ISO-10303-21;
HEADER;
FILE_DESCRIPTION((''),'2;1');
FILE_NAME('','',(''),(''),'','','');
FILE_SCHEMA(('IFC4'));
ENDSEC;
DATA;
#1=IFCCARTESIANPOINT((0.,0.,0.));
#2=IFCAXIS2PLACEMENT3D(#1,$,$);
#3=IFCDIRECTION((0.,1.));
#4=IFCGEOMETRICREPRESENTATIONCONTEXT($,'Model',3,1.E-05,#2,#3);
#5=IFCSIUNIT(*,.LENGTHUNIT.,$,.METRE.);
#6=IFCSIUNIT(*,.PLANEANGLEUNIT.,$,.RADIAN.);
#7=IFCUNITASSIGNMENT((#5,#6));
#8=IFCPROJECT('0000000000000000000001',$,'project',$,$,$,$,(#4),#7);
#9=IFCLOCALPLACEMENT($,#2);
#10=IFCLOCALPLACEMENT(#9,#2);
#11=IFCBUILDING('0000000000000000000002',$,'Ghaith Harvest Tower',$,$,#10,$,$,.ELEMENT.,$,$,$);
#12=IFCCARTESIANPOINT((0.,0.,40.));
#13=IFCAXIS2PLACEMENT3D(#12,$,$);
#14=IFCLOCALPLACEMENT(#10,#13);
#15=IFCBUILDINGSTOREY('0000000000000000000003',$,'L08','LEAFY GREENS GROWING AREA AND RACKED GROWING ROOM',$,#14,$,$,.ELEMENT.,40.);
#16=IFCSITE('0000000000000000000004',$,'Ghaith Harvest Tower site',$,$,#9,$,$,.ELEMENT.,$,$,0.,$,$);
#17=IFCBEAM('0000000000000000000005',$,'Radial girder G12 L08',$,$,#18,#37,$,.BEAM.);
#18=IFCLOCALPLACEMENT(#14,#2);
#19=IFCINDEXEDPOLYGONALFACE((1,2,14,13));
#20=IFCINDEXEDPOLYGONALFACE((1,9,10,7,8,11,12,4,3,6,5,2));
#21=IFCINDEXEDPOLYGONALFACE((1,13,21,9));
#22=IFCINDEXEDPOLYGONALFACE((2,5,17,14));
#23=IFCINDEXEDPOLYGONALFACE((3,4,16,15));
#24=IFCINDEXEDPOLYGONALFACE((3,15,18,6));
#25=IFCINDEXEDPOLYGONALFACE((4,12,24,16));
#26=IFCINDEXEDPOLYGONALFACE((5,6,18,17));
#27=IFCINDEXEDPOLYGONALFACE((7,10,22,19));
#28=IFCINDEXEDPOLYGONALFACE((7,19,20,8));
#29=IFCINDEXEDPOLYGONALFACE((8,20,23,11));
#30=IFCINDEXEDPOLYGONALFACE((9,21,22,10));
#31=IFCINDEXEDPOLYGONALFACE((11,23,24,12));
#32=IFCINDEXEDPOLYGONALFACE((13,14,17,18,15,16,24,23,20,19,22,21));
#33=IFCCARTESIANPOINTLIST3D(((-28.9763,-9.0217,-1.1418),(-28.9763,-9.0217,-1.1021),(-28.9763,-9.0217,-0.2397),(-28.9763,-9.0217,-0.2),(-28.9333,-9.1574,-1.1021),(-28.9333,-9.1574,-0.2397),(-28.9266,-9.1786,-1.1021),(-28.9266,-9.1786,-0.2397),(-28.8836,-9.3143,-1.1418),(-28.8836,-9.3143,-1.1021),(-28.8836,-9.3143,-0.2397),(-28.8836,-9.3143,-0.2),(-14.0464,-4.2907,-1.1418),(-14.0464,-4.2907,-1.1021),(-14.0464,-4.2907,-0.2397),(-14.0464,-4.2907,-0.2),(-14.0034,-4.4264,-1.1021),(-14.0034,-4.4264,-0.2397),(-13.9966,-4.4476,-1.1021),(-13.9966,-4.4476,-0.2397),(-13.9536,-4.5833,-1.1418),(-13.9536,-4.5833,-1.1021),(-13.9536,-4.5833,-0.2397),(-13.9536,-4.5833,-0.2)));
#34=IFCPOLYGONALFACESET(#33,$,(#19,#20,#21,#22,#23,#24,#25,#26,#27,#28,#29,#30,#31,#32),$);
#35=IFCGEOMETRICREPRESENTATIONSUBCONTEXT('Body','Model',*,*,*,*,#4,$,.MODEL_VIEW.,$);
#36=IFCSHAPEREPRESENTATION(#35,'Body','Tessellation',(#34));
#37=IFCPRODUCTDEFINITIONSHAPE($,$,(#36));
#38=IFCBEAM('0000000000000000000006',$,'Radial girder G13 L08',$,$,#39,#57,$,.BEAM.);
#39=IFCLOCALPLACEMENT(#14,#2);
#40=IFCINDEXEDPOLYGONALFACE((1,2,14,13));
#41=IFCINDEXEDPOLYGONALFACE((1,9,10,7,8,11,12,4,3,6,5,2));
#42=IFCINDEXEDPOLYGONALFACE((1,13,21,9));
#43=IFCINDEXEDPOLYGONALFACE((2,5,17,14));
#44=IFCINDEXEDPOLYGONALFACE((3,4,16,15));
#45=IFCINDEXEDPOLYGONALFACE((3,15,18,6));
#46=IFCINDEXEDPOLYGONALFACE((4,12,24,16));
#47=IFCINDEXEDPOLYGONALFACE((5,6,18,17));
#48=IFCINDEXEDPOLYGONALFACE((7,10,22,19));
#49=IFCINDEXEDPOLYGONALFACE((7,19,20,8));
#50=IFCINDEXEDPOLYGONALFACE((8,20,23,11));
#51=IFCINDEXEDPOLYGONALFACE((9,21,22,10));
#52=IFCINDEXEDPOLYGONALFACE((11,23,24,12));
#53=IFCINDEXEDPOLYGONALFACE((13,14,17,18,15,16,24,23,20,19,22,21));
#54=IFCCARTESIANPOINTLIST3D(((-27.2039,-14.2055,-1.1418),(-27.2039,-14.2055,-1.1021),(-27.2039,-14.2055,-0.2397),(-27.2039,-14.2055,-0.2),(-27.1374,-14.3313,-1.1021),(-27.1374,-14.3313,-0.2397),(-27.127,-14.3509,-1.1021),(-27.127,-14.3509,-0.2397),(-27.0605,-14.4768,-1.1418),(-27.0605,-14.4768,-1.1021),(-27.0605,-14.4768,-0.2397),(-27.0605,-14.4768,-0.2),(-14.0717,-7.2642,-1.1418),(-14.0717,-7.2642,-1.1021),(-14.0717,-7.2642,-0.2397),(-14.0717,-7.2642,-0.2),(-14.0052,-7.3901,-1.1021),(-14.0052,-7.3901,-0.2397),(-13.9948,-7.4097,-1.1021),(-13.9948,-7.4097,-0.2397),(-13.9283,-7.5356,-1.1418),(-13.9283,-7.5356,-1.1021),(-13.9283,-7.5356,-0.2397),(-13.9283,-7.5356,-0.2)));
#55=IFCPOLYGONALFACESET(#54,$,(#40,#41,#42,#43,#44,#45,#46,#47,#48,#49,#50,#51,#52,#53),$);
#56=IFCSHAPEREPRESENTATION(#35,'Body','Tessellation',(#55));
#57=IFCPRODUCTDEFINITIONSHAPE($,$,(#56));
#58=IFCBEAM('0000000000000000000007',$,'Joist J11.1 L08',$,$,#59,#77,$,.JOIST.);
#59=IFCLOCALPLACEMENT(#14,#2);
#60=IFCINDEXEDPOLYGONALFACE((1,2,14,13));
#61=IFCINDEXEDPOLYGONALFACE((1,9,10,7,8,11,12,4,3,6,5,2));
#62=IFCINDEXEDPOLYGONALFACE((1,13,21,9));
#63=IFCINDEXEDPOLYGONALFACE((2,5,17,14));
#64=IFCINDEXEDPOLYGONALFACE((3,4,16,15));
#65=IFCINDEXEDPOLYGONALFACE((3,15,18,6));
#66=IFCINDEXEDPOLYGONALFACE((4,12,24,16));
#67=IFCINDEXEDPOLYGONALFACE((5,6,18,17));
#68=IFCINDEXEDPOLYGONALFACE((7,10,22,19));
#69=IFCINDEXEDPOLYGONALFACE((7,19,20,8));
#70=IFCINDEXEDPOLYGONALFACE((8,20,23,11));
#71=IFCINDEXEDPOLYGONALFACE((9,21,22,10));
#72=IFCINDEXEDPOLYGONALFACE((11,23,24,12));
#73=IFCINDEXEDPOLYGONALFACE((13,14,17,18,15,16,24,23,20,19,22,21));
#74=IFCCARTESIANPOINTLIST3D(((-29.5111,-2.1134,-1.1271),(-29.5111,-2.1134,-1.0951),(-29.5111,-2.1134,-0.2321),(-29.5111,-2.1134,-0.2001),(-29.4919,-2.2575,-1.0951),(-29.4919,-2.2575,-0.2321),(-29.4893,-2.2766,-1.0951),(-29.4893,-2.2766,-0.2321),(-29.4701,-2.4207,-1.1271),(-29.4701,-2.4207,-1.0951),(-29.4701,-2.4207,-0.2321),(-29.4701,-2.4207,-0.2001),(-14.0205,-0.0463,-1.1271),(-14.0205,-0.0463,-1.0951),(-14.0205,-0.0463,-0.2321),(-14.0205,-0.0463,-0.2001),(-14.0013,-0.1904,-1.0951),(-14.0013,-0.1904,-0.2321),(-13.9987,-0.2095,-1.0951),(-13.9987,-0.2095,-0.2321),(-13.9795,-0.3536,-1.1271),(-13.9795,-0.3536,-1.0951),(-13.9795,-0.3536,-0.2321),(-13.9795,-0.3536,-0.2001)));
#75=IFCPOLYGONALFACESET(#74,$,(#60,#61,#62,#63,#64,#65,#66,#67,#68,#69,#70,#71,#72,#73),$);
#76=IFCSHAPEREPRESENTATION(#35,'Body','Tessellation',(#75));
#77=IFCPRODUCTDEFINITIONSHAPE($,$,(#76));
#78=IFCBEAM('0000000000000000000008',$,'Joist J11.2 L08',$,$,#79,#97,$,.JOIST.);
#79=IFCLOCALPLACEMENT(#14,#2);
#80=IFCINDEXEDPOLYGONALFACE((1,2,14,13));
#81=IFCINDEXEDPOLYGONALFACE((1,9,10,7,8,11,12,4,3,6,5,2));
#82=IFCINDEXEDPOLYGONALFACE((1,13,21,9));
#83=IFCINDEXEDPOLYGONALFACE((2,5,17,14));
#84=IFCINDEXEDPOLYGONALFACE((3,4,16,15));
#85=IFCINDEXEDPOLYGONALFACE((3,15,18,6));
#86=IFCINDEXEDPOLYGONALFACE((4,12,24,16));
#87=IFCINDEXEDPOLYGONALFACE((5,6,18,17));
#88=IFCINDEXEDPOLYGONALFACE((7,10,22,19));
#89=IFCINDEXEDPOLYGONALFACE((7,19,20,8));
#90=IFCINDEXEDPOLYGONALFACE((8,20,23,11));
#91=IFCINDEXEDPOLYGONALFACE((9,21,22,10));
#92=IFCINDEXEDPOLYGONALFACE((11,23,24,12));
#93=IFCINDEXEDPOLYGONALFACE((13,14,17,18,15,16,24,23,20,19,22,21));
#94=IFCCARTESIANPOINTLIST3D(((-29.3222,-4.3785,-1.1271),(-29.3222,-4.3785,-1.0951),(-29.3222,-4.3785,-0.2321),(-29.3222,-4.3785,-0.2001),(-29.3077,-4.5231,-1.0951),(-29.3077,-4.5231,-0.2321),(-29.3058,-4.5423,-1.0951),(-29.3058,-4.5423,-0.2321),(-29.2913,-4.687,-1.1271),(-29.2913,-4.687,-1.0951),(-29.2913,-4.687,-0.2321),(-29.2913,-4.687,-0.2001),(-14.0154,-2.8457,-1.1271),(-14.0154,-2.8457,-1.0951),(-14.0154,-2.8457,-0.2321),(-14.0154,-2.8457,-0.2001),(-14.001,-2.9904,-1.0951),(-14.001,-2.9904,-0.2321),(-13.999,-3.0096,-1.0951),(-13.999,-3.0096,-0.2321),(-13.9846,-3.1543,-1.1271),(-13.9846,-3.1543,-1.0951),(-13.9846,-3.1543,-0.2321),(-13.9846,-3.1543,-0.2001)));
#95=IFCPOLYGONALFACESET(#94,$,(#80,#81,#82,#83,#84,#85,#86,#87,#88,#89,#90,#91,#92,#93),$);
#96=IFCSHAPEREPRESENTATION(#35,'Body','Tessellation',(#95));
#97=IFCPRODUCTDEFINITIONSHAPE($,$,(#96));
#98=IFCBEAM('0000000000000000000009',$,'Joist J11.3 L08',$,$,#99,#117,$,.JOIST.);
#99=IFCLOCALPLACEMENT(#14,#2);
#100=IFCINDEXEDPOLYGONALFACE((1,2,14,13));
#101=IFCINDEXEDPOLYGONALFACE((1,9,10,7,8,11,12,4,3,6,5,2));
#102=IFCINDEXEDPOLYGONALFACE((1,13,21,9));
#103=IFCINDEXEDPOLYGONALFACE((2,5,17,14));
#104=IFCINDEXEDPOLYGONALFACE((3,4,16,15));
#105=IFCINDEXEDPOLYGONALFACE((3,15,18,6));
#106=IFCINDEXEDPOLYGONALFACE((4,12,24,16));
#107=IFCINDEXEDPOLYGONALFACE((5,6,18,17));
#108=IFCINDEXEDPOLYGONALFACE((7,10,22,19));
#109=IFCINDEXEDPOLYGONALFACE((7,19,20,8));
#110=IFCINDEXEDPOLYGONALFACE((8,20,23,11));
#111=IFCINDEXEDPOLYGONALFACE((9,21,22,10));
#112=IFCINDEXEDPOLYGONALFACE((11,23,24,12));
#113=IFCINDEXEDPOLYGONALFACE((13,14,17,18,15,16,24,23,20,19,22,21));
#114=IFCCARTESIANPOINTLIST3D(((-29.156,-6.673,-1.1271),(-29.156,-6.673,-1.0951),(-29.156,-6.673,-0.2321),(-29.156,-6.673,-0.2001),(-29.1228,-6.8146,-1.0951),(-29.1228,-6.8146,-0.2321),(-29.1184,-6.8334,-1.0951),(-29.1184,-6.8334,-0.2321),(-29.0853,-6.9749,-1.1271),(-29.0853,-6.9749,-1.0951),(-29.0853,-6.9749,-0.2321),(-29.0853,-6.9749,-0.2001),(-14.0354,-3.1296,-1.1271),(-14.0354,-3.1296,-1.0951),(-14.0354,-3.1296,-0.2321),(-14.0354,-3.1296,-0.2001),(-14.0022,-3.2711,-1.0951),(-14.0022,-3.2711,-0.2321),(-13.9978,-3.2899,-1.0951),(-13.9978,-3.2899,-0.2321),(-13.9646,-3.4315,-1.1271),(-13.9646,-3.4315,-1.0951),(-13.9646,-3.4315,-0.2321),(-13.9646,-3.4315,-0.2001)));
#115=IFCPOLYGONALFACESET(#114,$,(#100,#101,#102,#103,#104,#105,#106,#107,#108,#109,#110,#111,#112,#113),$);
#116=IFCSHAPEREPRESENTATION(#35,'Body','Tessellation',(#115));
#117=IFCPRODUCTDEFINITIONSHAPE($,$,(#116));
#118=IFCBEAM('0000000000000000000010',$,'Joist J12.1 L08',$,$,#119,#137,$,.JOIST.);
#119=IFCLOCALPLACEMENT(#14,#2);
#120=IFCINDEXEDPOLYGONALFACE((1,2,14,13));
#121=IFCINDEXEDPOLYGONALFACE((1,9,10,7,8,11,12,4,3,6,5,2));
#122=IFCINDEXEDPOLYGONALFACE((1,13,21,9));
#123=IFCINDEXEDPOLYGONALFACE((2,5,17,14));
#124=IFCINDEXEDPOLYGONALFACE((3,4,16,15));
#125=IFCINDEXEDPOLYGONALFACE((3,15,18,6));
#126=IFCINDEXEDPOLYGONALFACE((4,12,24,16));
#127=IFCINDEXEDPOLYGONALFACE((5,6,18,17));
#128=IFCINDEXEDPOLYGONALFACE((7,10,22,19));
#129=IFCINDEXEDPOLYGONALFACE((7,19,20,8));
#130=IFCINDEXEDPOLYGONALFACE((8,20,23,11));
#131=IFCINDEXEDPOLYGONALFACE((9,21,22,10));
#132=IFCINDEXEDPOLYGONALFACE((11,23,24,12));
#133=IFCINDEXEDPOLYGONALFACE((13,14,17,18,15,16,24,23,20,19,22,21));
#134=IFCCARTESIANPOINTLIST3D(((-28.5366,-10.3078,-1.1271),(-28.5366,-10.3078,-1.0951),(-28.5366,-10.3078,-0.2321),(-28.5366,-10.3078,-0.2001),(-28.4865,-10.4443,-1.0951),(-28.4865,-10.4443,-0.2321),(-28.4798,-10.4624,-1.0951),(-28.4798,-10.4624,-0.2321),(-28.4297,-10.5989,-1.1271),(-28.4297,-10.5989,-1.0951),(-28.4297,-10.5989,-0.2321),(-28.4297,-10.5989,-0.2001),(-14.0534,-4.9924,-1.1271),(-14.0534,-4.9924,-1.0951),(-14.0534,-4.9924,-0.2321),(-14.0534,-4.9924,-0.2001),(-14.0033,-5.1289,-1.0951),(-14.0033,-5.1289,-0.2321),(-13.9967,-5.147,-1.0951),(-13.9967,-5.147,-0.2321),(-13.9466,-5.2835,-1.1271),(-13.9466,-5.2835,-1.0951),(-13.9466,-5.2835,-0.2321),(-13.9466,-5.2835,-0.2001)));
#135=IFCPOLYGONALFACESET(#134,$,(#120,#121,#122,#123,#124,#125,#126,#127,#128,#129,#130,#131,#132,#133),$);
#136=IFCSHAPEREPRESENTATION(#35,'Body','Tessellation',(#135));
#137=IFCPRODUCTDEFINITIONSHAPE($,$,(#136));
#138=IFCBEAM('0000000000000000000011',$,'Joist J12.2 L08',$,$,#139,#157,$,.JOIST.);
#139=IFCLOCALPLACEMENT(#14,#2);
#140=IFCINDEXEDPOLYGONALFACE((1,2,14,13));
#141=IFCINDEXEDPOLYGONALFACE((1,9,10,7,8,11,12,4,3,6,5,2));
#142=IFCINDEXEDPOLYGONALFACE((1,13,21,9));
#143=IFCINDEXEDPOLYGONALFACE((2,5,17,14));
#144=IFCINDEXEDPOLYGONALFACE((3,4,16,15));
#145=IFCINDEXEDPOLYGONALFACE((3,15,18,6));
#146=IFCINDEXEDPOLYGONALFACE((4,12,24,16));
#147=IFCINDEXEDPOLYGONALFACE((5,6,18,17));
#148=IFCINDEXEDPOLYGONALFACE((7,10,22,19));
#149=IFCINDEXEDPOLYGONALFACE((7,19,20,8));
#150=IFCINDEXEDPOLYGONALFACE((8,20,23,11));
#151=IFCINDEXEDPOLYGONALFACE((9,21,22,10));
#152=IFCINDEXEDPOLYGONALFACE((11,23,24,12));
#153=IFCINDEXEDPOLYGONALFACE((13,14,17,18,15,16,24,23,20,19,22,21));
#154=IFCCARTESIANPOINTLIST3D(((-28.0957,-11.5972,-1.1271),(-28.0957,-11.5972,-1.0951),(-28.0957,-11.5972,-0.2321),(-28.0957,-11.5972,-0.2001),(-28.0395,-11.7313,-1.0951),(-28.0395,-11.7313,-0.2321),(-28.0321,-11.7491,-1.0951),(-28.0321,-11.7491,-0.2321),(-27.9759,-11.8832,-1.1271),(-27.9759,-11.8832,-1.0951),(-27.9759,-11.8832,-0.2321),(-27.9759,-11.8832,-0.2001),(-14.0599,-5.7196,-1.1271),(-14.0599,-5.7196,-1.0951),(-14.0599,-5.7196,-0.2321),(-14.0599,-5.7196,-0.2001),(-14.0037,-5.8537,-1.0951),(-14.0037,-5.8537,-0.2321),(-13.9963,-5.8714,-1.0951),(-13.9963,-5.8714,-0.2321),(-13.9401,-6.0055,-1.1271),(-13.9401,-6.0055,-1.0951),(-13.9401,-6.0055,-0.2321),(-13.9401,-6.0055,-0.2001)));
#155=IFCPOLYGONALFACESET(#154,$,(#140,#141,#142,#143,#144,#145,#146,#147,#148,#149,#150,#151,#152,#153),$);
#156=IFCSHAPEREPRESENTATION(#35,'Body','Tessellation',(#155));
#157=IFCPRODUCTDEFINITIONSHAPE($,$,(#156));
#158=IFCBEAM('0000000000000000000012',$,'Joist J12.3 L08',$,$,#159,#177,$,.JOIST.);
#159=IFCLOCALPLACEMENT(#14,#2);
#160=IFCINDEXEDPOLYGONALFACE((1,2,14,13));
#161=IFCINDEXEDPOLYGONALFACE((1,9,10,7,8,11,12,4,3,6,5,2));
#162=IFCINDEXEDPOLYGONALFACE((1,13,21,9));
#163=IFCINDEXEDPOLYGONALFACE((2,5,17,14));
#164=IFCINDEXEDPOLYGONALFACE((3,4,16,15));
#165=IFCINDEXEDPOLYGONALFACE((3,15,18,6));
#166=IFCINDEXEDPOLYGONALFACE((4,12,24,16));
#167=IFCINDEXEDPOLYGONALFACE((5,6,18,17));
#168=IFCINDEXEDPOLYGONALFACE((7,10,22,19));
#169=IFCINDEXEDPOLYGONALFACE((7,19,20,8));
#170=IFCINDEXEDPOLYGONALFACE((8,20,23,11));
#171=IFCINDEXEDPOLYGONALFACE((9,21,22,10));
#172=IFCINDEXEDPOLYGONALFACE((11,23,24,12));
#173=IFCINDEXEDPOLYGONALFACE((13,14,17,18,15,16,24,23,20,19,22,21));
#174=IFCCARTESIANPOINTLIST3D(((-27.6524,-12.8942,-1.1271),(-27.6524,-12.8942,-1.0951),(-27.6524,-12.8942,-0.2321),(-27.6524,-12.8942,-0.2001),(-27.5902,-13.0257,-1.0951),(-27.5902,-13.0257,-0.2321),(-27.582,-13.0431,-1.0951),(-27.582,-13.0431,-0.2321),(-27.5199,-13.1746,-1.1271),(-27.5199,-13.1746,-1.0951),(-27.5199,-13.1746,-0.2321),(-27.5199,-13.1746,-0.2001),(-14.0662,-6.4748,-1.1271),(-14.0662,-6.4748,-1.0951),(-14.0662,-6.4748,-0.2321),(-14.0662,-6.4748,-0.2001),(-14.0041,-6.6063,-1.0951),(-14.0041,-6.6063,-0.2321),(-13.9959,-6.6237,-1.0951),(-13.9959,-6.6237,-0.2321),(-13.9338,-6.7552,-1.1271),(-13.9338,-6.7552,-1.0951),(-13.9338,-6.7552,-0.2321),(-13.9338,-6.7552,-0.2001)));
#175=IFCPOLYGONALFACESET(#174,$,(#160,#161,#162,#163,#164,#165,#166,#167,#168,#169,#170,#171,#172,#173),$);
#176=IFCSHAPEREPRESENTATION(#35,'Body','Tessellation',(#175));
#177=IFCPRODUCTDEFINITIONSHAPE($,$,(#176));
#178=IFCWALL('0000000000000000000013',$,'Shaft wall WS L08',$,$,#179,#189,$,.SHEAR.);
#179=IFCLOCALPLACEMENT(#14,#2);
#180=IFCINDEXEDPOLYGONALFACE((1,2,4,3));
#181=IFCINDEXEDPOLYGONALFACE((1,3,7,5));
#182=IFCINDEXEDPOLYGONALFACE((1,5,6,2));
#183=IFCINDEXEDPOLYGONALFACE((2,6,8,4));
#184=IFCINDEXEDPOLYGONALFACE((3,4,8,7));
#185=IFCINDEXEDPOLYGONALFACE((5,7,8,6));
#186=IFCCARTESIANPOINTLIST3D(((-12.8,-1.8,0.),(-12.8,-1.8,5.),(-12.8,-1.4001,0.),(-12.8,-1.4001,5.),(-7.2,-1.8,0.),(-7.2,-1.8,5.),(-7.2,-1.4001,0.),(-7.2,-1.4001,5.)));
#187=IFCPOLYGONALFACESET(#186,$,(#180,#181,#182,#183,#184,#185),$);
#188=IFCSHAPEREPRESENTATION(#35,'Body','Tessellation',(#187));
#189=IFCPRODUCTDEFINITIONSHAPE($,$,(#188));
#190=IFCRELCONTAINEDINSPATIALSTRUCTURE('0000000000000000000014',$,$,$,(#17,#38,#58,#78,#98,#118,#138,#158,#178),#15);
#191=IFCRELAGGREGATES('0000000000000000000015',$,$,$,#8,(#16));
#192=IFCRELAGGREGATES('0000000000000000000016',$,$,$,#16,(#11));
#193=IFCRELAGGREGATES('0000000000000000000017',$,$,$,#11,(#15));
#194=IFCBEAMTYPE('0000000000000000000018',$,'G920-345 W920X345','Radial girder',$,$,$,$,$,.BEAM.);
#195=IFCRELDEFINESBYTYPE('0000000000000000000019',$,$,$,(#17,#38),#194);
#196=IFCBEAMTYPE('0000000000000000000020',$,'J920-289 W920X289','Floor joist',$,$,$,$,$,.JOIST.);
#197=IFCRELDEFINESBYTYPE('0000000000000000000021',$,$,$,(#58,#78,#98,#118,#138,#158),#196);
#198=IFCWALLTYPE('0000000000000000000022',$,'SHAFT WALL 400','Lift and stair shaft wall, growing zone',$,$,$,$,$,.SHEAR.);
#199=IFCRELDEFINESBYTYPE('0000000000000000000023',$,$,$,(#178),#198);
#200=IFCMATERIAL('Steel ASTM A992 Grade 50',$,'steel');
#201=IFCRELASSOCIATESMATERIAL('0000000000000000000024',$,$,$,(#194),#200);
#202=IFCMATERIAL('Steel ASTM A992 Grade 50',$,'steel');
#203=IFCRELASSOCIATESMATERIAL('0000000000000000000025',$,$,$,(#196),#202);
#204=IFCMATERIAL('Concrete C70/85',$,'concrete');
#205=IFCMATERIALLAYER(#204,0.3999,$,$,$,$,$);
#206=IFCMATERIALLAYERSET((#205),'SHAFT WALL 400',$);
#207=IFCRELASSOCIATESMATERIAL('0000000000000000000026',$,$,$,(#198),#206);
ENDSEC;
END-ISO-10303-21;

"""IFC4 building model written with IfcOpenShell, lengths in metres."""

from ifc_helpers import new_model, si_unit, direction, frame, frame_2d, origin, origin_2d, place, context, subcontext, project, spatial, rectangle, i_section, extrude, material, layer, layer_set, material_profile, profile_set, type_object, element, save


model = new_model("IFC4")

# Units and contexts
model_context = context("Model", 3, precision=1e-05, world=origin(), true_north=direction((0.0, 1.0)))
body_context = subcontext(model_context, "Body", "Model", "MODEL_VIEW")
ifc_project = project(units=[si_unit("LENGTHUNIT", "METRE"), si_unit("PLANEANGLEUNIT", "RADIAN")], contexts=[model_context])

# Site, building, storey
site_placement = place(None, origin())
site = spatial("IfcSite", under=ifc_project, at=site_placement, Name="Ghaith Harvest Tower site", CompositionType="ELEMENT", RefElevation=0.0)
building_placement = place(site_placement, origin())
building = spatial("IfcBuilding", under=site, at=building_placement, Name="Ghaith Harvest Tower", CompositionType="ELEMENT")
storey_placement = place(building_placement, frame((0.0, 0.0, 40.0)))
storey = spatial("IfcBuildingStorey", under=building, at=storey_placement, Name="L08", Description="LEAFY GREENS GROWING AREA AND RACKED GROWING ROOM", CompositionType="ELEMENT", Elevation=40.0)

# Beams
ifc_material_1 = material(Name="Steel ASTM A992 Grade 50", Category="steel")
ifc_material_profile_1 = material_profile(ifc_material_1, i_section(OverallWidth=0.3069, OverallDepth=0.9419, WebThickness=0.0222, FlangeThickness=0.0398, at=origin_2d()), Name="W920X345")
ifc_profile_set_1 = profile_set([ifc_material_profile_1], Name="Steel ASTM A992 Grade 50")
beam_type_1 = type_object("IfcBeamType", Name="G920-345 W920X345", Description="Radial girder", PredefinedType="BEAM", material=ifc_profile_set_1)
beam_1_placement = place(storey_placement, frame((-14.0, -4.437, -0.6709), z_axis=(-0.953284, -0.302074, 0.0), x_axis=(0.302074, -0.953284, 0.0)))
element("IfcBeam", 1, at=beam_1_placement, inside=storey, type_object=beam_type_1, Name="Radial girder G12 L08", PredefinedType="BEAM", context=body_context, shape_type="SweptSolid", body=[
    extrude(i_section(OverallWidth=0.3069, OverallDepth=0.9419, WebThickness=0.0222, FlangeThickness=0.0398, at=origin_2d()), origin(), (0.0, 0.0, 1.0), 15.6616),
])
beam_2_placement = place(storey_placement, frame((-14.0, -7.3999, -0.6709), z_axis=(-0.884097, -0.467303, 0.0), x_axis=(0.467303, -0.884097, 0.0)))
element("IfcBeam", 2, at=beam_2_placement, inside=storey, type_object=beam_type_1, Name="Radial girder G13 L08", PredefinedType="BEAM", context=body_context, shape_type="SweptSolid", body=[
    extrude(i_section(OverallWidth=0.3069, OverallDepth=0.9419, WebThickness=0.0222, FlangeThickness=0.0398, at=origin_2d()), origin(), (0.0, 0.0, 1.0), 14.8538),
])
ifc_material_2 = material(Name="Steel ASTM A992 Grade 50", Category="steel")
ifc_material_profile_2 = material_profile(ifc_material_2, i_section(OverallWidth=0.3101, OverallDepth=0.927, WebThickness=0.0193, FlangeThickness=0.032, at=origin_2d()), Name="W920X289")
ifc_profile_set_2 = profile_set([ifc_material_profile_2], Name="Steel ASTM A992 Grade 50")
beam_type_2 = type_object("IfcBeamType", Name="J920-289 W920X289", Description="Floor joist", PredefinedType="JOIST", material=ifc_profile_set_2)
beam_3_placement = place(storey_placement, frame((-14.0, -0.2, -0.6636), z_axis=(-0.991214, -0.132271, 0.0), x_axis=(0.132271, -0.991214, 0.0)))
element("IfcBeam", 3, at=beam_3_placement, inside=storey, type_object=beam_type_2, Name="Joist J11.1 L08", PredefinedType="JOIST", context=body_context, shape_type="SweptSolid", body=[
    extrude(i_section(OverallWidth=0.3101, OverallDepth=0.927, WebThickness=0.0193, FlangeThickness=0.032, at=origin_2d()), origin(), (0.0, 0.0, 1.0), 15.6279),
])
beam_4_placement = place(storey_placement, frame((-14.0, -3.0, -0.6636), z_axis=(-0.995024, -0.099636, 0.0), x_axis=(0.099636, -0.995024, 0.0)))
element("IfcBeam", 4, at=beam_4_placement, inside=storey, type_object=beam_type_2, Name="Joist J11.2 L08", PredefinedType="JOIST", context=body_context, shape_type="SweptSolid", body=[
    extrude(i_section(OverallWidth=0.3101, OverallDepth=0.927, WebThickness=0.0193, FlangeThickness=0.032, at=origin_2d()), origin(), (0.0, 0.0, 1.0), 15.3833),
])
beam_5_placement = place(storey_placement, frame((-14.0, -3.2805, -0.6636), z_axis=(-0.973623, -0.228165, 0.0), x_axis=(0.228165, -0.973623, 0.0)))
element("IfcBeam", 5, at=beam_5_placement, inside=storey, type_object=beam_type_2, Name="Joist J11.3 L08", PredefinedType="JOIST", context=body_context, shape_type="SweptSolid", body=[
    extrude(i_section(OverallWidth=0.3101, OverallDepth=0.927, WebThickness=0.0193, FlangeThickness=0.032, at=origin_2d()), origin(), (0.0, 0.0, 1.0), 15.5303),
])
beam_6_placement = place(storey_placement, frame((-14.0, -5.1379, -0.6636), z_axis=(-0.938773, -0.344537, 0.0), x_axis=(0.344537, -0.938773, 0.0)))
element("IfcBeam", 6, at=beam_6_placement, inside=storey, type_object=beam_type_2, Name="Joist J12.1 L08", PredefinedType="JOIST", context=body_context, shape_type="SweptSolid", body=[
    extrude(i_section(OverallWidth=0.3101, OverallDepth=0.927, WebThickness=0.0193, FlangeThickness=0.032, at=origin_2d()), origin(), (0.0, 0.0, 1.0), 15.4277),
])
beam_7_placement = place(storey_placement, frame((-14.0, -5.8625, -0.6636), z_axis=(-0.92239, -0.386261, 0.0), x_axis=(0.386261, -0.92239, 0.0)))
element("IfcBeam", 7, at=beam_7_placement, inside=storey, type_object=beam_type_2, Name="Joist J12.2 L08", PredefinedType="JOIST", context=body_context, shape_type="SweptSolid", body=[
    extrude(i_section(OverallWidth=0.3101, OverallDepth=0.927, WebThickness=0.0193, FlangeThickness=0.032, at=origin_2d()), origin(), (0.0, 0.0, 1.0), 15.2168),
])
beam_8_placement = place(storey_placement, frame((-14.0, -6.615, -0.6636), z_axis=(-0.904153, -0.42721, 0.0), x_axis=(0.42721, -0.904153, 0.0)))
element("IfcBeam", 8, at=beam_8_placement, inside=storey, type_object=beam_type_2, Name="Joist J12.3 L08", PredefinedType="JOIST", context=body_context, shape_type="SweptSolid", body=[
    extrude(i_section(OverallWidth=0.3101, OverallDepth=0.927, WebThickness=0.0193, FlangeThickness=0.032, at=origin_2d()), origin(), (0.0, 0.0, 1.0), 15.0264),
])

# Wall
ifc_material_3 = material(Name="Concrete C70/85", Category="concrete")
ifc_layer_1 = layer(ifc_material_3, 0.3999)
ifc_layer_set_1 = layer_set([ifc_layer_1], Name="SHAFT WALL 400")
wall_type_1 = type_object("IfcWallType", Name="SHAFT WALL 400", Description="Lift and stair shaft wall, growing zone", PredefinedType="SHEAR", material=ifc_layer_set_1)
wall_1_placement = place(storey_placement, frame((-12.8, -1.6001, 0.0), z_axis=(0.0, 0.0, 1.0), x_axis=(1.0, 0.0, 0.0)))
element("IfcWall", 9, at=wall_1_placement, inside=storey, type_object=wall_type_1, Name="Shaft wall WS L08", PredefinedType="SHEAR", context=body_context, shape_type="SweptSolid", body=[
    extrude(rectangle(XDim=5.6001, YDim=0.3999, at=frame_2d((2.8, 0.0))), origin(), (0.0, 0.0, 1.0), 5.0),
])

save(model, "model.ifc")
